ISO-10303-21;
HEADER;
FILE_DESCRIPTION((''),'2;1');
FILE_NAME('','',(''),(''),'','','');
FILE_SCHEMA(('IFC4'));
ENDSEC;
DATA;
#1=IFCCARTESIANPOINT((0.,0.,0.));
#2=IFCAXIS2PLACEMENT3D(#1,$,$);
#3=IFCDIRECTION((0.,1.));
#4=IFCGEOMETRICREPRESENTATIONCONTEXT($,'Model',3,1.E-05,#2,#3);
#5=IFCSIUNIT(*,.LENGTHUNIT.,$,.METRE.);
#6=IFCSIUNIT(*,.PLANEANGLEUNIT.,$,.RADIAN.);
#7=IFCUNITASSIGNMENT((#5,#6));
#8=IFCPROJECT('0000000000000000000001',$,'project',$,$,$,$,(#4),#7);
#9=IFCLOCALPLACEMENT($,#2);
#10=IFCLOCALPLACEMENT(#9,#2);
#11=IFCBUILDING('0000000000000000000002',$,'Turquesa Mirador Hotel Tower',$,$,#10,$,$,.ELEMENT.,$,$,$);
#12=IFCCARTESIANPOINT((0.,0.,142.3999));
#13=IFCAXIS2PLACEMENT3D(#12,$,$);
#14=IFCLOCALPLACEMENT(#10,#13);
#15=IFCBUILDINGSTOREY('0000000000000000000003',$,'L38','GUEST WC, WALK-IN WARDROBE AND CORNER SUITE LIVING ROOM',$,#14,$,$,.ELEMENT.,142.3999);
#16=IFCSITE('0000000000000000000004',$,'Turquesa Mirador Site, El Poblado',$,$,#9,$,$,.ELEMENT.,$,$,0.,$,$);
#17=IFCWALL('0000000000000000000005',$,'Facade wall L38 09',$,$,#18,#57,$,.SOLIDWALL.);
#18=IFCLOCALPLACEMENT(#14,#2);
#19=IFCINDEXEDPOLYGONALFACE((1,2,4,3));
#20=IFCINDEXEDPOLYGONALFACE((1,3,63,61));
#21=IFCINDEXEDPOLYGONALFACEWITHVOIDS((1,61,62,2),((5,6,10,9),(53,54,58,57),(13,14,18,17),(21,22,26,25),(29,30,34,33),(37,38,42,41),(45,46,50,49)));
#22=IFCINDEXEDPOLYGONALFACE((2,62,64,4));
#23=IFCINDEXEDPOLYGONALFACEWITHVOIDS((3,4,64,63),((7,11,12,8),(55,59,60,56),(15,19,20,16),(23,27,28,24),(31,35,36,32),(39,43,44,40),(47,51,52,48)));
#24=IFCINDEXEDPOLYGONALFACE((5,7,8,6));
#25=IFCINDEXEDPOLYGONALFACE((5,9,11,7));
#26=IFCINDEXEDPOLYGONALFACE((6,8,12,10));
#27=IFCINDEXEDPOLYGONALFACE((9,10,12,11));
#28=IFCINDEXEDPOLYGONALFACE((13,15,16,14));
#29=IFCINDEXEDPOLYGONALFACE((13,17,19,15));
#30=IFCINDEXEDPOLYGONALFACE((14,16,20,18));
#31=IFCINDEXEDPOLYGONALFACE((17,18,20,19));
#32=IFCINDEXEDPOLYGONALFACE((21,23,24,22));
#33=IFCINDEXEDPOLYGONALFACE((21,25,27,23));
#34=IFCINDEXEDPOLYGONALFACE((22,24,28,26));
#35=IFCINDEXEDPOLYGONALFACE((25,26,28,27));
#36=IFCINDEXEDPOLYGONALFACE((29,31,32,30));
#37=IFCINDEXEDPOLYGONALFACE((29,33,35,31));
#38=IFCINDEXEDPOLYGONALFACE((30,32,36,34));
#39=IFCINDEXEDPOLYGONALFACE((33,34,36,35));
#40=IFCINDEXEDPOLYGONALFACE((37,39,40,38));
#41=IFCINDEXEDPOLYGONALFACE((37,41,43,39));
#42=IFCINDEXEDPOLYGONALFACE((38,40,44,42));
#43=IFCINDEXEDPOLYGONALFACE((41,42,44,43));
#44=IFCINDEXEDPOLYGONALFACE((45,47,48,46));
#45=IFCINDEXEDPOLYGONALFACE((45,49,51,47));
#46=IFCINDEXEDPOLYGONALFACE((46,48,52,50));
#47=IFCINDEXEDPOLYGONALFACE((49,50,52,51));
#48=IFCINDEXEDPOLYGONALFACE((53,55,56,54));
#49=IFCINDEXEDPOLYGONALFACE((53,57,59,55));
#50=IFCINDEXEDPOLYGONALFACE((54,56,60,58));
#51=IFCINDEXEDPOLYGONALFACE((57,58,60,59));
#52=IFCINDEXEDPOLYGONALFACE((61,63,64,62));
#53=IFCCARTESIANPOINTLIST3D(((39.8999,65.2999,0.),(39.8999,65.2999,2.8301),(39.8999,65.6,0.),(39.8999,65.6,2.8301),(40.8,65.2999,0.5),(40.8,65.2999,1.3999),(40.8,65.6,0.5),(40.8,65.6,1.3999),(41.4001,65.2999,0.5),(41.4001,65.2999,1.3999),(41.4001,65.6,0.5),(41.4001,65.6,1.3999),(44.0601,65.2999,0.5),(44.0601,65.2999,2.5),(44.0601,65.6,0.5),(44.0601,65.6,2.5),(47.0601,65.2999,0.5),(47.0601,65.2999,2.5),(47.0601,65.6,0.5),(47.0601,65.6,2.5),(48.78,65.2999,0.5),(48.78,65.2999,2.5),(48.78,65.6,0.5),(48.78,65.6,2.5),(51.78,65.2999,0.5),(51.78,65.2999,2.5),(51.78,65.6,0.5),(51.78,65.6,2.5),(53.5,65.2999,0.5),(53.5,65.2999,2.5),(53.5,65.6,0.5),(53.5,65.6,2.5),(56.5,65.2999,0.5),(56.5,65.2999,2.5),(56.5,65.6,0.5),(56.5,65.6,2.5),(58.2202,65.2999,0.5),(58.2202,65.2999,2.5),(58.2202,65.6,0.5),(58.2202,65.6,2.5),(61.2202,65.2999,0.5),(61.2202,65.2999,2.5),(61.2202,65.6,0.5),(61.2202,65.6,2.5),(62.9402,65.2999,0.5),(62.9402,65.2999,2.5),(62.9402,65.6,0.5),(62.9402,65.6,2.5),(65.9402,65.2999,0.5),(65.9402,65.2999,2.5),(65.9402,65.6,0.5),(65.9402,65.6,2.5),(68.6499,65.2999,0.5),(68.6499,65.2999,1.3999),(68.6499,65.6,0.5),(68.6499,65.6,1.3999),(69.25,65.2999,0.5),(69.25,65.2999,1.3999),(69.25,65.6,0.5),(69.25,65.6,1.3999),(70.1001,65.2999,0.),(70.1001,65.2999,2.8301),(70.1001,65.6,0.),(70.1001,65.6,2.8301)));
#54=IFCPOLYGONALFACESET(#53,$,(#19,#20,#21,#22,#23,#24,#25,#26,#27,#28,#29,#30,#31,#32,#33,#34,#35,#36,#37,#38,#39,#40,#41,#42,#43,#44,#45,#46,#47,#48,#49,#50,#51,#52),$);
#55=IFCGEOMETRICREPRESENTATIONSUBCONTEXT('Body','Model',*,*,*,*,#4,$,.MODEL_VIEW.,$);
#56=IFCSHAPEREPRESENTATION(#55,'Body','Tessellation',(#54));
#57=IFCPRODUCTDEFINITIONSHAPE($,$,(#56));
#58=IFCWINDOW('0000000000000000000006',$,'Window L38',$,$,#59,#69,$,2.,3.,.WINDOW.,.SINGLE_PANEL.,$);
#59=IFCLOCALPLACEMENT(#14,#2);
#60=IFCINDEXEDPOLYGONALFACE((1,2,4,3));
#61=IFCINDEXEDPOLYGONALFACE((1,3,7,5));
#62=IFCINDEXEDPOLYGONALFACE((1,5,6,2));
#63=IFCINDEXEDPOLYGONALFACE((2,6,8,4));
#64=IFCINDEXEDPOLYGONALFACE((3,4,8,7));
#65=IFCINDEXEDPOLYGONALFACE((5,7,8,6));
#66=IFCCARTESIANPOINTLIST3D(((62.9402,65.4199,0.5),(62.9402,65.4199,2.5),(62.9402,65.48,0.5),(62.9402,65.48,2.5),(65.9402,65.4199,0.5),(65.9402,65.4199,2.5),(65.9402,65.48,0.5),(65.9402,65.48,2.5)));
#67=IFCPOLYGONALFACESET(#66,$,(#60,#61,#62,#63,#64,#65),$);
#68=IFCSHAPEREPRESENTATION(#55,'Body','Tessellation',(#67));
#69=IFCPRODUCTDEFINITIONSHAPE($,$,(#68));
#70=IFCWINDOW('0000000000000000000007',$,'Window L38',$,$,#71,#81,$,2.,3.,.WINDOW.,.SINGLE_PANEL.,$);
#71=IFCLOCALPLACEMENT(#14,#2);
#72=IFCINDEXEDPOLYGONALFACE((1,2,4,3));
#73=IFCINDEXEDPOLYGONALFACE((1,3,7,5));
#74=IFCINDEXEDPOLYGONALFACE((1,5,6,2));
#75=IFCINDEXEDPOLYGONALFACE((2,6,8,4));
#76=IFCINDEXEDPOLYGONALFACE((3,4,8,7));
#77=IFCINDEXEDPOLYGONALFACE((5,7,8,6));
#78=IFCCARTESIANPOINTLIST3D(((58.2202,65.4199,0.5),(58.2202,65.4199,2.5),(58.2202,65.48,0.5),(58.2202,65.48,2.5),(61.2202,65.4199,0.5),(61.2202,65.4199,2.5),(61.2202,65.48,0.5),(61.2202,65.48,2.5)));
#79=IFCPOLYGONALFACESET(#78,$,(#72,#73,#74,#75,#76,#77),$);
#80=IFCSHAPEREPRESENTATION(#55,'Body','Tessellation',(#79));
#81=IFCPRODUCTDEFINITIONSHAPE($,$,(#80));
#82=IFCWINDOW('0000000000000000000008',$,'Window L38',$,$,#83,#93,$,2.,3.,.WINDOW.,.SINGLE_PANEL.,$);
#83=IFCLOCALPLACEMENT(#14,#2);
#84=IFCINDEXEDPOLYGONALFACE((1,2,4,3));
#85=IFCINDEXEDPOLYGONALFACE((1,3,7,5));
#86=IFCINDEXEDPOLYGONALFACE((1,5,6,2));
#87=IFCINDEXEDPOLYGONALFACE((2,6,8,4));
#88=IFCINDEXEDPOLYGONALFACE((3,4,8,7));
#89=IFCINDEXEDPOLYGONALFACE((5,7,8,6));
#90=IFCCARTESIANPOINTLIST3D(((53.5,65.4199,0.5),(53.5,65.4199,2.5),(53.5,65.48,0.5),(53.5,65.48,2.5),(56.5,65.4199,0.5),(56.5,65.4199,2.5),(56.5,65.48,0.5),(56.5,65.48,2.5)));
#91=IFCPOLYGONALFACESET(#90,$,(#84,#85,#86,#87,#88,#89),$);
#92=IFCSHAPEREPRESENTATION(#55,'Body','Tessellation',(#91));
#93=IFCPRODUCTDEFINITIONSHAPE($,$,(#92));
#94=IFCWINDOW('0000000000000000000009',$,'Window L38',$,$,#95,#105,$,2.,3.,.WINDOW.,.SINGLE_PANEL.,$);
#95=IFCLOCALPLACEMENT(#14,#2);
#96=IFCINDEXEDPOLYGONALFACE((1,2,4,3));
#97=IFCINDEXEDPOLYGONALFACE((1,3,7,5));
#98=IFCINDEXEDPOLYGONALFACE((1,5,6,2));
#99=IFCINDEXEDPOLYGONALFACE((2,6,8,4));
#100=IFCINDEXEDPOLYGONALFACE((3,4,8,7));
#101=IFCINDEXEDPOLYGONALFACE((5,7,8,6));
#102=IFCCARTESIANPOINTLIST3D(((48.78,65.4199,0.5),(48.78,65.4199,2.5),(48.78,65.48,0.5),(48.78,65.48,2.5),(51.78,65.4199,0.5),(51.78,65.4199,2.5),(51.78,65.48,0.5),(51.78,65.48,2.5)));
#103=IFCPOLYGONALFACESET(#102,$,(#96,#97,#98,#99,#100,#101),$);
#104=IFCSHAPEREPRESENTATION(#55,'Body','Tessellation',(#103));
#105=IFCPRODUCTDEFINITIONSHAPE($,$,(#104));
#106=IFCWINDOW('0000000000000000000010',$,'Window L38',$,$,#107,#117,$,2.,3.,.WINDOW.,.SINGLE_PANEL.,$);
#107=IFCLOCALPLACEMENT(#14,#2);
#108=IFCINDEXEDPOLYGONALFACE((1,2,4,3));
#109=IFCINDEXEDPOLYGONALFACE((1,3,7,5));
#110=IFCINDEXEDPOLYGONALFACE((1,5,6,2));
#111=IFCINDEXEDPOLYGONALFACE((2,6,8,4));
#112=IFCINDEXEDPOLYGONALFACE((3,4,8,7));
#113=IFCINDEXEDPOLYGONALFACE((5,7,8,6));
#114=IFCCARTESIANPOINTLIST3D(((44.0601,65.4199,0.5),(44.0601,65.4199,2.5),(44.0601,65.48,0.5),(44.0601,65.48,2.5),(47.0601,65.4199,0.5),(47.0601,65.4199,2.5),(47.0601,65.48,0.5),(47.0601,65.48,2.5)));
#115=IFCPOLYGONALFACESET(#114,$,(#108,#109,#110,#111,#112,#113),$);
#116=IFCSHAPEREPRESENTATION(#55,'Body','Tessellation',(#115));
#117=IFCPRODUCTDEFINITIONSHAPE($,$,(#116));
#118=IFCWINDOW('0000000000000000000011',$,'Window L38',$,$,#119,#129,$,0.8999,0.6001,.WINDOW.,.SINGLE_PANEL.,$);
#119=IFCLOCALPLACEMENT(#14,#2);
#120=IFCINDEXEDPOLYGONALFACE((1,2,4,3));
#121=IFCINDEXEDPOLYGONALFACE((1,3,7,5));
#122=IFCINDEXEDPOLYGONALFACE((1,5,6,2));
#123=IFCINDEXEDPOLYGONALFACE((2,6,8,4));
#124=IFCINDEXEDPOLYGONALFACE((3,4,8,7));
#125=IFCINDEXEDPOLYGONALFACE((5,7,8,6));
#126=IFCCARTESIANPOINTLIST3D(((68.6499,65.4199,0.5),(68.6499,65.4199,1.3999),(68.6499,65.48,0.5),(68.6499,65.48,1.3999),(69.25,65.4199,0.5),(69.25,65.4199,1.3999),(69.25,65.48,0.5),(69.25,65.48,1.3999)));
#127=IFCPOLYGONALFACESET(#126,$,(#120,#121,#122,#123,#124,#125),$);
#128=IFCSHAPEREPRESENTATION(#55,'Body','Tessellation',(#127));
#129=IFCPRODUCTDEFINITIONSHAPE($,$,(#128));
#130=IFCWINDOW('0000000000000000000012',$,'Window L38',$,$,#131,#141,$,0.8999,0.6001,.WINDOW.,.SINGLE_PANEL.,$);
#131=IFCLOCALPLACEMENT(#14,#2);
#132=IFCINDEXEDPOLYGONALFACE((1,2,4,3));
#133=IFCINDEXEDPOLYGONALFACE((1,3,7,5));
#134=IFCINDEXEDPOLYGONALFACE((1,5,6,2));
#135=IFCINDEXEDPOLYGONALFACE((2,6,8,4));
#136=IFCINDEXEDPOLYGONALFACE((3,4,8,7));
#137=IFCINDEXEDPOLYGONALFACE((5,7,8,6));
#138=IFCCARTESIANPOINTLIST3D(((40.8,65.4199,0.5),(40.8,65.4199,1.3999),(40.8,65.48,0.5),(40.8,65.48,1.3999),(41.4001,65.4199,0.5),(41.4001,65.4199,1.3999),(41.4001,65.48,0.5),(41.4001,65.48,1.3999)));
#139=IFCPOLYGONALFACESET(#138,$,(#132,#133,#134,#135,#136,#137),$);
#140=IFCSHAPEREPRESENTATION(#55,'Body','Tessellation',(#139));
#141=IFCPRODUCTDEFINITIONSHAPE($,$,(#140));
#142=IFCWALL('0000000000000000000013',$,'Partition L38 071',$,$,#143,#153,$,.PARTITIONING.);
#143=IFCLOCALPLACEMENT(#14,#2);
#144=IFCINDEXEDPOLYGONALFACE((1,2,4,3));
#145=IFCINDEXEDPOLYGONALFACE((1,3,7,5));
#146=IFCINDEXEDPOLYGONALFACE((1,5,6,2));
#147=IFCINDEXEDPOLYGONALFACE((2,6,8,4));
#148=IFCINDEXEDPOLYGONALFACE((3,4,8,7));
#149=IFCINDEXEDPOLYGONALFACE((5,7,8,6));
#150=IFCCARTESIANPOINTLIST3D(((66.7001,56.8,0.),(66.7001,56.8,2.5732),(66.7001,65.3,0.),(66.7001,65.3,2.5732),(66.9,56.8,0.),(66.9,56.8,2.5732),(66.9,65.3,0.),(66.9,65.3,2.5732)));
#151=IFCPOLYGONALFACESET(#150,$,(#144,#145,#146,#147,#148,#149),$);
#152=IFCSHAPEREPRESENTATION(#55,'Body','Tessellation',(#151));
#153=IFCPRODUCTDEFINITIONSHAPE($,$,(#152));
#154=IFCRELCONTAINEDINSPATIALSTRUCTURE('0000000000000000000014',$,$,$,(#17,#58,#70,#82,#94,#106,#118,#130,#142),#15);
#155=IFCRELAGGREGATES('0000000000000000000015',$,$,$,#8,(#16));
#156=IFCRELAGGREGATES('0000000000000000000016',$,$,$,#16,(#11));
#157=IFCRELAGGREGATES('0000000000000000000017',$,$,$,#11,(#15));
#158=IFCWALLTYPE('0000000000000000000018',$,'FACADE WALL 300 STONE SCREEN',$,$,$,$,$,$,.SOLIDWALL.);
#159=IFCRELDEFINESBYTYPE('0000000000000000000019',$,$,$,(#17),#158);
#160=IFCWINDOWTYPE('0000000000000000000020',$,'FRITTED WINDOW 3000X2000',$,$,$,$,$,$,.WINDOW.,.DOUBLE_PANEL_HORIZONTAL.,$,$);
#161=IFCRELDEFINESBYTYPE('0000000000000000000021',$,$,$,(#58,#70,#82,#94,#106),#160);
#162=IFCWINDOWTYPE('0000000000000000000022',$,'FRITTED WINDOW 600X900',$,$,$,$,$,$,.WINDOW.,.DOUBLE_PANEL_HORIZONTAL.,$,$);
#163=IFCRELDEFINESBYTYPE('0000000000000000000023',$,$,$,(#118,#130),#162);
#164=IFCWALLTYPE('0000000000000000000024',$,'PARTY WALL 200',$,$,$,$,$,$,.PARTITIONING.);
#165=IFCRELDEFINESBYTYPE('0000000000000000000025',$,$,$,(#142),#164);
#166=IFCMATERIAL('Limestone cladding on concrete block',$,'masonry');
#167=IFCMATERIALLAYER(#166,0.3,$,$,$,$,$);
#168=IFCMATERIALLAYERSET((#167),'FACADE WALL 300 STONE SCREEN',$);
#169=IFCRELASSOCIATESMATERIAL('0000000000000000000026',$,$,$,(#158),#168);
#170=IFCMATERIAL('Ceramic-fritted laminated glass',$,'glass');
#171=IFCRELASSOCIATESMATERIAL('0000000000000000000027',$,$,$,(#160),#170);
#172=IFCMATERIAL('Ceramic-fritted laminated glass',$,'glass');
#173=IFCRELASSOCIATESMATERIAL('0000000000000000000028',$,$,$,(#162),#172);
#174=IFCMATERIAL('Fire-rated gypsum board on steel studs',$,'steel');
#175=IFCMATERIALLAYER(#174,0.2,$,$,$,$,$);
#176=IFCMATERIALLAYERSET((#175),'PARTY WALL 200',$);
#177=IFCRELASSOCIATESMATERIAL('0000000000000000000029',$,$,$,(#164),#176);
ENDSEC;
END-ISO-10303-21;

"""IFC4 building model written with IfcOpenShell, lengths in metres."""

from ifc_helpers import new_model, si_unit, direction, frame, frame_2d, origin, place, context, subcontext, project, spatial, rectangle, extrude, material, layer, layer_set, type_object, element, fill, save


model = new_model("IFC4")

# Units and contexts
model_context = context("Model", 3, precision=1e-05, world=origin(), true_north=direction((0.0, 1.0)))
body_context = subcontext(model_context, "Body", "Model", "MODEL_VIEW")
ifc_project = project(units=[si_unit("LENGTHUNIT", "METRE"), si_unit("PLANEANGLEUNIT", "RADIAN")], contexts=[model_context])

# Site, building, storey
site_placement = place(None, origin())
site = spatial("IfcSite", under=ifc_project, at=site_placement, Name="Turquesa Mirador Site, El Poblado", CompositionType="ELEMENT", RefElevation=0.0)
building_placement = place(site_placement, origin())
building = spatial("IfcBuilding", under=site, at=building_placement, Name="Turquesa Mirador Hotel Tower", CompositionType="ELEMENT")
storey_placement = place(building_placement, frame((0.0, 0.0, 142.3999)))
storey = spatial("IfcBuildingStorey", under=building, at=storey_placement, Name="L38", Description="GUEST WC, WALK-IN WARDROBE AND CORNER SUITE LIVING ROOM", CompositionType="ELEMENT", Elevation=142.3999)

# Wall, openings, windows
ifc_material_1 = material(Name="Limestone cladding on concrete block", Category="masonry")
ifc_layer_1 = layer(ifc_material_1, 0.3)
ifc_layer_set_1 = layer_set([ifc_layer_1], Name="FACADE WALL 300 STONE SCREEN")
wall_type_1 = type_object("IfcWallType", Name="FACADE WALL 300 STONE SCREEN", PredefinedType="SOLIDWALL", material=ifc_layer_set_1)
wall_1_placement = place(storey_placement, frame((70.1001, 65.45, 0.0), z_axis=(0.0, 0.0, 1.0), x_axis=(-1.0, 0.0, 0.0)))
wall_1 = element("IfcWall", 1, at=wall_1_placement, inside=storey, type_object=wall_type_1, Name="Facade wall L38 09", PredefinedType="SOLIDWALL", context=body_context, shape_type="SweptSolid", body=[
    extrude(rectangle(XDim=30.2002, YDim=0.3, at=frame_2d((15.1001, 0.0))), origin(), (0.0, 0.0, 1.0), 2.8301),
])
opening_1_placement = place(wall_1_placement, frame((0.8501, 0.0, 0.5)))
opening_1 = element("IfcOpeningElement", 2, at=opening_1_placement, cuts=wall_1, PredefinedType="OPENING", context=body_context, shape_type="SweptSolid", body=[
    extrude(rectangle(XDim=0.6001, YDim=0.8999, at=frame_2d((0.3, 0.45))), frame((0.0, 0.1599, 0.0), z_axis=(0.0, -1.0, 0.0), x_axis=(1.0, 0.0, 0.0)), (0.0, 0.0, 1.0), 0.3201),
])
opening_2_placement = place(wall_1_placement, frame((4.1599, 0.0, 0.5)))
opening_2 = element("IfcOpeningElement", 3, at=opening_2_placement, cuts=wall_1, PredefinedType="OPENING", context=body_context, shape_type="SweptSolid", body=[
    extrude(rectangle(XDim=3.0, YDim=2.0, at=frame_2d((1.5, 1.0))), frame((0.0, 0.1599, 0.0), z_axis=(0.0, -1.0, 0.0), x_axis=(1.0, 0.0, 0.0)), (0.0, 0.0, 1.0), 0.3201),
])
opening_3_placement = place(wall_1_placement, frame((8.8799, 0.0, 0.5)))
opening_3 = element("IfcOpeningElement", 4, at=opening_3_placement, cuts=wall_1, PredefinedType="OPENING", context=body_context, shape_type="SweptSolid", body=[
    extrude(rectangle(XDim=3.0, YDim=2.0, at=frame_2d((1.5, 1.0))), frame((0.0, 0.1599, 0.0), z_axis=(0.0, -1.0, 0.0), x_axis=(1.0, 0.0, 0.0)), (0.0, 0.0, 1.0), 0.3201),
])
opening_4_placement = place(wall_1_placement, frame((13.6001, 0.0, 0.5)))
opening_4 = element("IfcOpeningElement", 5, at=opening_4_placement, cuts=wall_1, PredefinedType="OPENING", context=body_context, shape_type="SweptSolid", body=[
    extrude(rectangle(XDim=3.0, YDim=2.0, at=frame_2d((1.5, 1.0))), frame((0.0, 0.1599, 0.0), z_axis=(0.0, -1.0, 0.0), x_axis=(1.0, 0.0, 0.0)), (0.0, 0.0, 1.0), 0.3201),
])
opening_5_placement = place(wall_1_placement, frame((18.3201, 0.0, 0.5)))
opening_5 = element("IfcOpeningElement", 6, at=opening_5_placement, cuts=wall_1, PredefinedType="OPENING", context=body_context, shape_type="SweptSolid", body=[
    extrude(rectangle(XDim=3.0, YDim=2.0, at=frame_2d((1.5, 1.0))), frame((0.0, 0.1599, 0.0), z_axis=(0.0, -1.0, 0.0), x_axis=(1.0, 0.0, 0.0)), (0.0, 0.0, 1.0), 0.3201),
])
opening_6_placement = place(wall_1_placement, frame((23.04, 0.0, 0.5)))
opening_6 = element("IfcOpeningElement", 7, at=opening_6_placement, cuts=wall_1, PredefinedType="OPENING", context=body_context, shape_type="SweptSolid", body=[
    extrude(rectangle(XDim=3.0, YDim=2.0, at=frame_2d((1.5, 1.0))), frame((0.0, 0.1599, 0.0), z_axis=(0.0, -1.0, 0.0), x_axis=(1.0, 0.0, 0.0)), (0.0, 0.0, 1.0), 0.3201),
])
opening_7_placement = place(wall_1_placement, frame((28.7, 0.0, 0.5)))
opening_7 = element("IfcOpeningElement", 8, at=opening_7_placement, cuts=wall_1, PredefinedType="OPENING", context=body_context, shape_type="SweptSolid", body=[
    extrude(rectangle(XDim=0.6001, YDim=0.8999, at=frame_2d((0.3, 0.45))), frame((0.0, 0.1599, 0.0), z_axis=(0.0, -1.0, 0.0), x_axis=(1.0, 0.0, 0.0)), (0.0, 0.0, 1.0), 0.3201),
])
ifc_material_2 = material(Name="Ceramic-fritted laminated glass", Category="glass")
window_type_1 = type_object("IfcWindowType", Name="FRITTED WINDOW 3000X2000", PartitioningType="DOUBLE_PANEL_HORIZONTAL", PredefinedType="WINDOW", material=ifc_material_2)
window_1_placement = place(opening_2_placement, origin())
window_1 = element("IfcWindow", 9, at=window_1_placement, inside=storey, type_object=window_type_1, Name="Window L38", OverallHeight=2.0, OverallWidth=3.0, PartitioningType="SINGLE_PANEL", PredefinedType="WINDOW", context=body_context, shape_type="SweptSolid", body=[
    extrude(rectangle(XDim=3.0, YDim=2.0, at=frame_2d((1.5, 1.0))), frame((0.0, 0.03, 0.0), z_axis=(0.0, -1.0, 0.0), x_axis=(1.0, 0.0, 0.0)), (0.0, 0.0, 1.0), 0.0601),
])
fill(opening_2, window_1)
window_2_placement = place(opening_3_placement, origin())
window_2 = element("IfcWindow", 10, at=window_2_placement, inside=storey, type_object=window_type_1, Name="Window L38", OverallHeight=2.0, OverallWidth=3.0, PartitioningType="SINGLE_PANEL", PredefinedType="WINDOW", context=body_context, shape_type="SweptSolid", body=[
    extrude(rectangle(XDim=3.0, YDim=2.0, at=frame_2d((1.5, 1.0))), frame((0.0, 0.03, 0.0), z_axis=(0.0, -1.0, 0.0), x_axis=(1.0, 0.0, 0.0)), (0.0, 0.0, 1.0), 0.0601),
])
fill(opening_3, window_2)
window_3_placement = place(opening_4_placement, origin())
window_3 = element("IfcWindow", 11, at=window_3_placement, inside=storey, type_object=window_type_1, Name="Window L38", OverallHeight=2.0, OverallWidth=3.0, PartitioningType="SINGLE_PANEL", PredefinedType="WINDOW", context=body_context, shape_type="SweptSolid", body=[
    extrude(rectangle(XDim=3.0, YDim=2.0, at=frame_2d((1.5, 1.0))), frame((0.0, 0.03, 0.0), z_axis=(0.0, -1.0, 0.0), x_axis=(1.0, 0.0, 0.0)), (0.0, 0.0, 1.0), 0.0601),
])
fill(opening_4, window_3)
window_4_placement = place(opening_5_placement, origin())
window_4 = element("IfcWindow", 12, at=window_4_placement, inside=storey, type_object=window_type_1, Name="Window L38", OverallHeight=2.0, OverallWidth=3.0, PartitioningType="SINGLE_PANEL", PredefinedType="WINDOW", context=body_context, shape_type="SweptSolid", body=[
    extrude(rectangle(XDim=3.0, YDim=2.0, at=frame_2d((1.5, 1.0))), frame((0.0, 0.03, 0.0), z_axis=(0.0, -1.0, 0.0), x_axis=(1.0, 0.0, 0.0)), (0.0, 0.0, 1.0), 0.0601),
])
fill(opening_5, window_4)
window_5_placement = place(opening_6_placement, origin())
window_5 = element("IfcWindow", 13, at=window_5_placement, inside=storey, type_object=window_type_1, Name="Window L38", OverallHeight=2.0, OverallWidth=3.0, PartitioningType="SINGLE_PANEL", PredefinedType="WINDOW", context=body_context, shape_type="SweptSolid", body=[
    extrude(rectangle(XDim=3.0, YDim=2.0, at=frame_2d((1.5, 1.0))), frame((0.0, 0.03, 0.0), z_axis=(0.0, -1.0, 0.0), x_axis=(1.0, 0.0, 0.0)), (0.0, 0.0, 1.0), 0.0601),
])
fill(opening_6, window_5)
ifc_material_3 = material(Name="Ceramic-fritted laminated glass", Category="glass")
window_type_2 = type_object("IfcWindowType", Name="FRITTED WINDOW 600X900", PartitioningType="DOUBLE_PANEL_HORIZONTAL", PredefinedType="WINDOW", material=ifc_material_3)
window_6_placement = place(opening_1_placement, origin())
window_6 = element("IfcWindow", 14, at=window_6_placement, inside=storey, type_object=window_type_2, Name="Window L38", OverallHeight=0.8999, OverallWidth=0.6001, PartitioningType="SINGLE_PANEL", PredefinedType="WINDOW", context=body_context, shape_type="SweptSolid", body=[
    extrude(rectangle(XDim=0.6001, YDim=0.8999, at=frame_2d((0.3, 0.45))), frame((0.0, 0.03, 0.0), z_axis=(0.0, -1.0, 0.0), x_axis=(1.0, 0.0, 0.0)), (0.0, 0.0, 1.0), 0.0601),
])
fill(opening_1, window_6)
window_7_placement = place(opening_7_placement, origin())
window_7 = element("IfcWindow", 15, at=window_7_placement, inside=storey, type_object=window_type_2, Name="Window L38", OverallHeight=0.8999, OverallWidth=0.6001, PartitioningType="SINGLE_PANEL", PredefinedType="WINDOW", context=body_context, shape_type="SweptSolid", body=[
    extrude(rectangle(XDim=0.6001, YDim=0.8999, at=frame_2d((0.3, 0.45))), frame((0.0, 0.03, 0.0), z_axis=(0.0, -1.0, 0.0), x_axis=(1.0, 0.0, 0.0)), (0.0, 0.0, 1.0), 0.0601),
])
fill(opening_7, window_7)

# Wall
ifc_material_4 = material(Name="Fire-rated gypsum board on steel studs", Category="steel")
ifc_layer_2 = layer(ifc_material_4, 0.2)
ifc_layer_set_2 = layer_set([ifc_layer_2], Name="PARTY WALL 200")
wall_type_2 = type_object("IfcWallType", Name="PARTY WALL 200", PredefinedType="PARTITIONING", material=ifc_layer_set_2)
wall_2_placement = place(storey_placement, frame((66.8, 56.8, 0.0), z_axis=(0.0, 0.0, 1.0), x_axis=(0.0, 1.0, 0.0)))
element("IfcWall", 16, at=wall_2_placement, inside=storey, type_object=wall_type_2, Name="Partition L38 071", PredefinedType="PARTITIONING", context=body_context, shape_type="SweptSolid", body=[
    extrude(rectangle(XDim=8.5, YDim=0.2, at=frame_2d((4.25, 0.0))), origin(), (0.0, 0.0, 1.0), 2.5732),
])

save(model, "model.ifc")
